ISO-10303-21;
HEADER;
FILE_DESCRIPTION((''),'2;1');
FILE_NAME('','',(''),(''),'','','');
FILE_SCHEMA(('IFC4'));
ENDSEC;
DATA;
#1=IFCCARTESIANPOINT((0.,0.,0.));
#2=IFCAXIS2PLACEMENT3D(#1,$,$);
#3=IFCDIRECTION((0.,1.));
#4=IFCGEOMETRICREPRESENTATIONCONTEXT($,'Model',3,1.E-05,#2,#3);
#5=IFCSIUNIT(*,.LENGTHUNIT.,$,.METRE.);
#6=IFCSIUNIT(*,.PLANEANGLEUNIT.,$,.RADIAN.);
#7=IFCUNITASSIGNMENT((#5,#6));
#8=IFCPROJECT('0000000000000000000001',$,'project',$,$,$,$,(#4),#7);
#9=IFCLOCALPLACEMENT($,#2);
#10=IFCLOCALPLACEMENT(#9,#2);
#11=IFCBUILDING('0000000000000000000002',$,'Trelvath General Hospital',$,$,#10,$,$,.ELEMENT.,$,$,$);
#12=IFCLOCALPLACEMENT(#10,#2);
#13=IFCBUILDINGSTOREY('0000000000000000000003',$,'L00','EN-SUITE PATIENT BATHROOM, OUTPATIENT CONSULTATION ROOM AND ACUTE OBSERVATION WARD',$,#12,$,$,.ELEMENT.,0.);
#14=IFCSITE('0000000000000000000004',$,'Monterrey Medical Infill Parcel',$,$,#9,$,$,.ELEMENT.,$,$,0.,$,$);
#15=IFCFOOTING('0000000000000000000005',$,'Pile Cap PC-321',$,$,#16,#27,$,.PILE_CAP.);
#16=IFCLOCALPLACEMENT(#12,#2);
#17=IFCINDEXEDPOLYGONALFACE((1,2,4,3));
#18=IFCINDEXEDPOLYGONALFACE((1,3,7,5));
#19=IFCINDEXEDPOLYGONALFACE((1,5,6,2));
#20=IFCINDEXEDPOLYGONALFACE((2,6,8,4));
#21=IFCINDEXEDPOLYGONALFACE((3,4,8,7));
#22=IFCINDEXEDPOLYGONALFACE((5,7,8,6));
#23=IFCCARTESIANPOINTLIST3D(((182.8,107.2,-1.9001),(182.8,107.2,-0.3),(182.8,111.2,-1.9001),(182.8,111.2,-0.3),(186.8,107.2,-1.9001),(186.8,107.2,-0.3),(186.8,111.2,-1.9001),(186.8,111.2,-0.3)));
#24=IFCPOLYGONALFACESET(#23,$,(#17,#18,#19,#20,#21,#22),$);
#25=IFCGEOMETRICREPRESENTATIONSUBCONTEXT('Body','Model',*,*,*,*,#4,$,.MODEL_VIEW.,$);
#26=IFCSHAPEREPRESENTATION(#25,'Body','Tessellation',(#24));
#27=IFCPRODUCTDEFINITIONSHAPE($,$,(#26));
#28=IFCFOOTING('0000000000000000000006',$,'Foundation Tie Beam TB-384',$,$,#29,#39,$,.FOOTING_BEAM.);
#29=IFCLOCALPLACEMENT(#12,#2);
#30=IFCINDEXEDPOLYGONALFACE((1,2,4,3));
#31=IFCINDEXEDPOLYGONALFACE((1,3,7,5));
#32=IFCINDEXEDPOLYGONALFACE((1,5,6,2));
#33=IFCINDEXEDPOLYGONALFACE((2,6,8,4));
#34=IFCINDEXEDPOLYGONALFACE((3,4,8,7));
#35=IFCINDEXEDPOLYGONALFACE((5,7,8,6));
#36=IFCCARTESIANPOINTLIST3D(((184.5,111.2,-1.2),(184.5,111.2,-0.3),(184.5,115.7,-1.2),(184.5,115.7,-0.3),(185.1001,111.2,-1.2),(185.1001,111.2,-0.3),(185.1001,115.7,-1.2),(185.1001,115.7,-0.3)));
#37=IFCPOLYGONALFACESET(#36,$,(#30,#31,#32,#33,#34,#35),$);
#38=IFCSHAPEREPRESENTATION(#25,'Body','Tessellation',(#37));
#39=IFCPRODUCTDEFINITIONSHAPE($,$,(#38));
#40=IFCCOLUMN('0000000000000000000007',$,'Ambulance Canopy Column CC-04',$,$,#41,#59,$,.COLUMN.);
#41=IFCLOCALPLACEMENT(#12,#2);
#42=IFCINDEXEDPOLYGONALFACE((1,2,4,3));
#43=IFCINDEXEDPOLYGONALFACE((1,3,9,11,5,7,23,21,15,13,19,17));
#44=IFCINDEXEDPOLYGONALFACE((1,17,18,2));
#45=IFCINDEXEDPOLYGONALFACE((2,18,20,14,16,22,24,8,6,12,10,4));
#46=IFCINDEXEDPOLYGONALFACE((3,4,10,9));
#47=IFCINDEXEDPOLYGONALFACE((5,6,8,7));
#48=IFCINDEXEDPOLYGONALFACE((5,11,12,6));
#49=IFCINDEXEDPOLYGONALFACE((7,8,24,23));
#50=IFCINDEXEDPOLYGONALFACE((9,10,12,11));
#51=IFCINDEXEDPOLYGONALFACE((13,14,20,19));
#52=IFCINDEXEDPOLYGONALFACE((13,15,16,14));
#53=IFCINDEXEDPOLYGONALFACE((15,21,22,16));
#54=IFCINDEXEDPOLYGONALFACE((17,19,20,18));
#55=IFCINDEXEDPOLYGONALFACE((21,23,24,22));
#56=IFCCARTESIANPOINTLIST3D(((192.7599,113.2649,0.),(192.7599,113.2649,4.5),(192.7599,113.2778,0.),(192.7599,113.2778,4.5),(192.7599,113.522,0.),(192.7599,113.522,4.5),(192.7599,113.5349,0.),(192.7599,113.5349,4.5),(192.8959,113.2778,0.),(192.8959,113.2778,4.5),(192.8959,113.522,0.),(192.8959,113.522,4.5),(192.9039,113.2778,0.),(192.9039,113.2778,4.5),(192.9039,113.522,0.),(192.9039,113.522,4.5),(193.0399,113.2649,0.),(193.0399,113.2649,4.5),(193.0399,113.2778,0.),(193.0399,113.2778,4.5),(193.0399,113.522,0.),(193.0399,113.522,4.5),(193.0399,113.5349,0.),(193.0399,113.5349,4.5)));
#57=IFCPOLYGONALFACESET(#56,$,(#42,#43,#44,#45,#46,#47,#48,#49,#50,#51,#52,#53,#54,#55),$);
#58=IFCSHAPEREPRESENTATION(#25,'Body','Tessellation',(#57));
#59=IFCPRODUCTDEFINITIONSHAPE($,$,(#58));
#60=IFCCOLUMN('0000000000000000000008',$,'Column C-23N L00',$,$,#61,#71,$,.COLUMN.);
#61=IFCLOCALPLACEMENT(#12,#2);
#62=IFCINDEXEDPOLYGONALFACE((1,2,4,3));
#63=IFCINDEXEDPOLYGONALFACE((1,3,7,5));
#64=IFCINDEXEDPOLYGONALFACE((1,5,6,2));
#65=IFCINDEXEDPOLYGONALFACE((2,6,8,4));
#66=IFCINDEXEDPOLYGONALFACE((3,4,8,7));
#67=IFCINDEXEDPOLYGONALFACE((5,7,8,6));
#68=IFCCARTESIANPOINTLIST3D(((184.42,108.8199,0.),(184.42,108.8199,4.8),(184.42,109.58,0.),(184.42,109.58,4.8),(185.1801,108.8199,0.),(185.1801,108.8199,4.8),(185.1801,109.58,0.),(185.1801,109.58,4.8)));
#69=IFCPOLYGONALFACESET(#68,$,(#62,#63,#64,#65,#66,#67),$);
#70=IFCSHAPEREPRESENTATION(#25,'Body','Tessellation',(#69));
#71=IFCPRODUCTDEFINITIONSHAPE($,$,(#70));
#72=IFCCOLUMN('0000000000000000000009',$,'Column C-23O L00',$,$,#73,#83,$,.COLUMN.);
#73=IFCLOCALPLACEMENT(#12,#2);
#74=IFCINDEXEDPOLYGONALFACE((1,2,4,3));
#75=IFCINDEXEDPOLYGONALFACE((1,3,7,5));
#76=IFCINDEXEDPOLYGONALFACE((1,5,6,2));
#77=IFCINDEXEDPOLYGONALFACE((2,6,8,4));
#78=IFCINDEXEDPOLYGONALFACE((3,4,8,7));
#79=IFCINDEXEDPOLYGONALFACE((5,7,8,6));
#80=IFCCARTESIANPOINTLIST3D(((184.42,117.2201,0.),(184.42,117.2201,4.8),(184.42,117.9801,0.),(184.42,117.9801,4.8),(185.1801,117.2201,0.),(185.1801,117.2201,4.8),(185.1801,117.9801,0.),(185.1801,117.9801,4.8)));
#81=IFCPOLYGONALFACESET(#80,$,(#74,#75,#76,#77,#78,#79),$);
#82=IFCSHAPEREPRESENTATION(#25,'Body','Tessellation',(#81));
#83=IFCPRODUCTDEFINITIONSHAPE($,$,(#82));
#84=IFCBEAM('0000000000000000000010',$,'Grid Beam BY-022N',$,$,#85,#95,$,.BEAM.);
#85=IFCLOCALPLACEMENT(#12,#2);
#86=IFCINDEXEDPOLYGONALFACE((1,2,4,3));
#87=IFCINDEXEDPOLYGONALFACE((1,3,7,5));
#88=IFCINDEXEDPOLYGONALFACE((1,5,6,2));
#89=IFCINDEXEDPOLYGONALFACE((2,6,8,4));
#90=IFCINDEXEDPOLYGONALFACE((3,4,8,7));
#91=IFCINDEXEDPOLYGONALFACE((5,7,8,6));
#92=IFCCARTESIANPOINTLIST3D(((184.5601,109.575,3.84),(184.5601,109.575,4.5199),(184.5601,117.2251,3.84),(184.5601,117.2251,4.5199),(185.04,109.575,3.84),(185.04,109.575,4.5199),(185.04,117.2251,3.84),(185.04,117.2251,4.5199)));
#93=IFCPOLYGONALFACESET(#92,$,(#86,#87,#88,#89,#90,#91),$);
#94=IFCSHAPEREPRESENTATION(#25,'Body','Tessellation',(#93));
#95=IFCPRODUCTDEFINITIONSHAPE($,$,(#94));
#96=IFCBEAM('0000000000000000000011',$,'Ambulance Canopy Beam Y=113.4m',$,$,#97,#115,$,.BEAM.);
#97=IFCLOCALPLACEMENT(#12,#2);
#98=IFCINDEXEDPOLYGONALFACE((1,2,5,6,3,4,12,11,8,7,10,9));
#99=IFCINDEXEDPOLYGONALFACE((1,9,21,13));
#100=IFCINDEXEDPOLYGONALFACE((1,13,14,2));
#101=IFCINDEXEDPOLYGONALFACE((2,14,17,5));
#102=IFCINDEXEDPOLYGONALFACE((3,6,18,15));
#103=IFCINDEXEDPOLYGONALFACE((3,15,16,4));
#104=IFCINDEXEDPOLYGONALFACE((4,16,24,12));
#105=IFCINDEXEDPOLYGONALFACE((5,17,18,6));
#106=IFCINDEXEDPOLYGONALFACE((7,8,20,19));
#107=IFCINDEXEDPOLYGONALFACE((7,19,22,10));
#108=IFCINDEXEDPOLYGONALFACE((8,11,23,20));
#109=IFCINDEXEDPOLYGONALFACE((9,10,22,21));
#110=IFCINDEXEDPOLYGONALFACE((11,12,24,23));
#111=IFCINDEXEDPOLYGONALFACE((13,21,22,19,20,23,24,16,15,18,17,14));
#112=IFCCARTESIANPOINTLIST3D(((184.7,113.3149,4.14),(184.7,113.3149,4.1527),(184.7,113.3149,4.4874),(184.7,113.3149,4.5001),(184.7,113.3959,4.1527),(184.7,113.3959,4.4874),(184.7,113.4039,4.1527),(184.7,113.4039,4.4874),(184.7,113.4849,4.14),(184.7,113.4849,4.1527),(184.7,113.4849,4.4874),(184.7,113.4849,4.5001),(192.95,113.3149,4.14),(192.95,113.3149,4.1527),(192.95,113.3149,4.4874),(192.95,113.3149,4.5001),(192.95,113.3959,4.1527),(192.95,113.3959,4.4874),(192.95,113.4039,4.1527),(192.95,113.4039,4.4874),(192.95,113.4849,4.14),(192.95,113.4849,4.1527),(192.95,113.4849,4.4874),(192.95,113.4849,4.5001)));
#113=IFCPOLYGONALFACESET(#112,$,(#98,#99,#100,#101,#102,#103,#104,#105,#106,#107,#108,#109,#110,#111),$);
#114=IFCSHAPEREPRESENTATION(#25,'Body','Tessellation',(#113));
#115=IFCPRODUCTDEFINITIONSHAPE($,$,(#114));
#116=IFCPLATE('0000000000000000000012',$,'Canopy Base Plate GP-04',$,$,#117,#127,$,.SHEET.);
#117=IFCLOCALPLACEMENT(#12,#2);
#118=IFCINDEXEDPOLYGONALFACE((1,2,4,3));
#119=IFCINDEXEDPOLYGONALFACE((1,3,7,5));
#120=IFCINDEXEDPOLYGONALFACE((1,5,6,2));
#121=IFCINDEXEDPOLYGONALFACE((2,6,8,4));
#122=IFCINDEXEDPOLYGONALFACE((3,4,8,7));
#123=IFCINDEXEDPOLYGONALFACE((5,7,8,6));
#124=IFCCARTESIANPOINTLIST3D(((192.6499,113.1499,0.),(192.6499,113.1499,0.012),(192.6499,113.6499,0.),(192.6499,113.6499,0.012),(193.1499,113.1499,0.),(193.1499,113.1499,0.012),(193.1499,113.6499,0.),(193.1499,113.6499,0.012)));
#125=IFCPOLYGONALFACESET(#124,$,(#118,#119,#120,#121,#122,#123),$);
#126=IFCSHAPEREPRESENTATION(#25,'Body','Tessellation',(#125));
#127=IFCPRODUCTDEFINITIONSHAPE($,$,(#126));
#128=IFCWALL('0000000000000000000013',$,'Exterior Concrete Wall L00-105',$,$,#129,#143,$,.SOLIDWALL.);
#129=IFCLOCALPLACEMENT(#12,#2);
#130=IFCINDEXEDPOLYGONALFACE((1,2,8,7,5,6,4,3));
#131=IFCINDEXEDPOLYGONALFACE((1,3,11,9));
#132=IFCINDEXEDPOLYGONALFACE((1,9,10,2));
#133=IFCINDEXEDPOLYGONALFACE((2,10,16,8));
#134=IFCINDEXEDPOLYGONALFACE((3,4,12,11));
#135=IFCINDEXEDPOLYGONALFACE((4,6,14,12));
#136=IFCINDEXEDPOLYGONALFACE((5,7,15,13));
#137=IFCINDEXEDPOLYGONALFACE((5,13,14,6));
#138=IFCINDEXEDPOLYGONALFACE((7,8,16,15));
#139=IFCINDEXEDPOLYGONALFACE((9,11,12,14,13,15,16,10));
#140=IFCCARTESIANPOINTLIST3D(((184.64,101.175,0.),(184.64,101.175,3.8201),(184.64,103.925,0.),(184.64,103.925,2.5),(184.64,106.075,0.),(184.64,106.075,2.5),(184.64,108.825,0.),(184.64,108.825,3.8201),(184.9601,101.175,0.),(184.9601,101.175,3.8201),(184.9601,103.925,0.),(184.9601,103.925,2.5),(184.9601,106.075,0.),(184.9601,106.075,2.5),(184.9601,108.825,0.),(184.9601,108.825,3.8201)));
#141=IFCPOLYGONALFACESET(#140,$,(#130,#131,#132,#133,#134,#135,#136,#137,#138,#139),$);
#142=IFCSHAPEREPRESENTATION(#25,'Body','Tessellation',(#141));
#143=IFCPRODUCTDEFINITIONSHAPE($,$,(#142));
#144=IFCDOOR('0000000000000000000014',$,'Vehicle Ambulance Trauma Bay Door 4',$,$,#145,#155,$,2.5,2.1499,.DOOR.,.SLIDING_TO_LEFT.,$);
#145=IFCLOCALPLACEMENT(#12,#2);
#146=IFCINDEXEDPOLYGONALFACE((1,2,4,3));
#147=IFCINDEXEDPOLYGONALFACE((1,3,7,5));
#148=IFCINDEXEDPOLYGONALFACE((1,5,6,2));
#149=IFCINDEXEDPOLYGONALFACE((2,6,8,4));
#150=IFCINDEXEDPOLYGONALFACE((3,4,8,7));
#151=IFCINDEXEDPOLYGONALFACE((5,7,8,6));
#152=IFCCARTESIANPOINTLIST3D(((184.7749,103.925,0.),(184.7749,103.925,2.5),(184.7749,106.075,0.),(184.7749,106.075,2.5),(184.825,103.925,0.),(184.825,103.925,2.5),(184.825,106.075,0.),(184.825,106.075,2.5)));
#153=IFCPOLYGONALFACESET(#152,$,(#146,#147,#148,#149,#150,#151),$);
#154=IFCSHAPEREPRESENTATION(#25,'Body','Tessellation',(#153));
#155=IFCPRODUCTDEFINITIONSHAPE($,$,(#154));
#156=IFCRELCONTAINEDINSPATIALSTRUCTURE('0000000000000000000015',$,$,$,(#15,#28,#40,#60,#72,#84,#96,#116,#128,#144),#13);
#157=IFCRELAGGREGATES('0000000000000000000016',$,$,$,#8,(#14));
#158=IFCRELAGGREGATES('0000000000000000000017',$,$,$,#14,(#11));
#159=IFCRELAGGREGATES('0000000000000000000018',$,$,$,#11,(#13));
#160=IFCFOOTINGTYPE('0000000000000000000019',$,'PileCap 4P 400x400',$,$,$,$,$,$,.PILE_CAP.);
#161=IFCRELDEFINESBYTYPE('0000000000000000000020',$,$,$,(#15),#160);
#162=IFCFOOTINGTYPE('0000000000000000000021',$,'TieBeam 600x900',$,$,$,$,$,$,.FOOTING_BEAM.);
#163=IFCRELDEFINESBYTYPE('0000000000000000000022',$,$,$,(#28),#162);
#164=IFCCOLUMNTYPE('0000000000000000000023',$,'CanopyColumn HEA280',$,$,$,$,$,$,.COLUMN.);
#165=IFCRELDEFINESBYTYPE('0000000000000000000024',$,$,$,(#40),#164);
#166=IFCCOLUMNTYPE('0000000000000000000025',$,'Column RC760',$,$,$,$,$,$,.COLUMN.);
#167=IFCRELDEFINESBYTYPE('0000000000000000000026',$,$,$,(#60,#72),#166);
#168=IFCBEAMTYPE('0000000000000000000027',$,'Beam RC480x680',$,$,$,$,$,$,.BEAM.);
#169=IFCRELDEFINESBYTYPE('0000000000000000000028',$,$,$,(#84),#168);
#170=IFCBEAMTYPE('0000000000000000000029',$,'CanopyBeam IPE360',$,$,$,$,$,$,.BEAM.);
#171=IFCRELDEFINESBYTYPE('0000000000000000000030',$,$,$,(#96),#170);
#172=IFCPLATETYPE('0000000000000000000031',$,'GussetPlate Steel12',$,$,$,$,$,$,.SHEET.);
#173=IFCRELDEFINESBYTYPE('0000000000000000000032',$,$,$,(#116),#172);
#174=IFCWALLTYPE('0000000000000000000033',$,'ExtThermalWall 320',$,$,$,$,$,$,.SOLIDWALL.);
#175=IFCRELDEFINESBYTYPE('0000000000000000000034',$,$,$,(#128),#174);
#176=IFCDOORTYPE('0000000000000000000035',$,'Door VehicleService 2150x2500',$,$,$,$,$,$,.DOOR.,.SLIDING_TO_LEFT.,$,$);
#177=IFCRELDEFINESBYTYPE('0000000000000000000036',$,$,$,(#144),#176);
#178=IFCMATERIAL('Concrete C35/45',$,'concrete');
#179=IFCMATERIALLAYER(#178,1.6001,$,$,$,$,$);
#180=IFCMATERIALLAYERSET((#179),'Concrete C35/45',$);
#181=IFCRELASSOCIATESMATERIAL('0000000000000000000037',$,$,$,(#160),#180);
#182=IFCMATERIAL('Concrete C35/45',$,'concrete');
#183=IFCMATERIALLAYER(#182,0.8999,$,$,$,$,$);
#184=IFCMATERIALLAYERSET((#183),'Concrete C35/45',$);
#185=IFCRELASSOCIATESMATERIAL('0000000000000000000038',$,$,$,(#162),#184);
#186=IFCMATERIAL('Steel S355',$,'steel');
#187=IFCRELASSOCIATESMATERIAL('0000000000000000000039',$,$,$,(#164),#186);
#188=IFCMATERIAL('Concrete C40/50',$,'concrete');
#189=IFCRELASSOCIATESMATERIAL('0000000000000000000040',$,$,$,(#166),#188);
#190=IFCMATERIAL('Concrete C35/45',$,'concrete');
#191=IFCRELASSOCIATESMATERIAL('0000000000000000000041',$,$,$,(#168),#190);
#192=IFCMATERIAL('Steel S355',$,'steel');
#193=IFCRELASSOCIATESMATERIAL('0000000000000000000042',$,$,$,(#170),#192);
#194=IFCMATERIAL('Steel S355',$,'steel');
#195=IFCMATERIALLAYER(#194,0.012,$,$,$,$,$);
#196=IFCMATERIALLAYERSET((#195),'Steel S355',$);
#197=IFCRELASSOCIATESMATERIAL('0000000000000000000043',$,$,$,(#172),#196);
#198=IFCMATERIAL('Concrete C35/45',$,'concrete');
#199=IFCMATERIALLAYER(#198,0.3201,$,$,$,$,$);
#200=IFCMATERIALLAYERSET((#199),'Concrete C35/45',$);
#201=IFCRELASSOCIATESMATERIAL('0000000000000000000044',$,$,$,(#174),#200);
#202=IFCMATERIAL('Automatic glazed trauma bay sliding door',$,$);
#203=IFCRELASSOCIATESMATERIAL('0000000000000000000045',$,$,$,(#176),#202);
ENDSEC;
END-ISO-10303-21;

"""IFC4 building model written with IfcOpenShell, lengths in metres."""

from ifc_helpers import new_model, si_unit, direction, frame, frame_2d, origin, origin_2d, place, context, subcontext, project, spatial, rectangle, i_section, extrude, material, layer, layer_set, material_profile, profile_set, type_object, element, fill, save


model = new_model("IFC4")

# Units and contexts
model_context = context("Model", 3, precision=1e-05, world=origin(), true_north=direction((0.0, 1.0)))
body_context = subcontext(model_context, "Body", "Model", "MODEL_VIEW")
ifc_project = project(units=[si_unit("LENGTHUNIT", "METRE"), si_unit("PLANEANGLEUNIT", "RADIAN")], contexts=[model_context])

# Site, building, storey
site_placement = place(None, origin())
site = spatial("IfcSite", under=ifc_project, at=site_placement, Name="Monterrey Medical Infill Parcel", CompositionType="ELEMENT", RefElevation=0.0)
building_placement = place(site_placement, origin())
building = spatial("IfcBuilding", under=site, at=building_placement, Name="Trelvath General Hospital", CompositionType="ELEMENT")
storey_placement = place(building_placement, origin())
storey = spatial("IfcBuildingStorey", under=building, at=storey_placement, Name="L00", Description="EN-SUITE PATIENT BATHROOM, OUTPATIENT CONSULTATION ROOM AND ACUTE OBSERVATION WARD", CompositionType="ELEMENT", Elevation=0.0)

# Footings
ifc_material_1 = material(Name="Concrete C35/45", Category="concrete")
ifc_layer_1 = layer(ifc_material_1, 1.6001)
ifc_layer_set_1 = layer_set([ifc_layer_1], Name="Concrete C35/45")
footing_type_1 = type_object("IfcFootingType", Name="PileCap 4P 400x400", PredefinedType="PILE_CAP", material=ifc_layer_set_1)
footing_1_placement = place(storey_placement, frame((184.8, 109.2, -1.9001), z_axis=(0.0, 0.0, 1.0), x_axis=(1.0, 0.0, 0.0)))
element("IfcFooting", 1, at=footing_1_placement, inside=storey, type_object=footing_type_1, Name="Pile Cap PC-321", PredefinedType="PILE_CAP", context=body_context, shape_type="SweptSolid", body=[
    extrude(rectangle(XDim=4.0, YDim=4.0, at=origin_2d()), origin(), (0.0, 0.0, 1.0), 1.6001),
])
ifc_material_2 = material(Name="Concrete C35/45", Category="concrete")
ifc_layer_2 = layer(ifc_material_2, 0.8999)
ifc_layer_set_2 = layer_set([ifc_layer_2], Name="Concrete C35/45")
footing_type_2 = type_object("IfcFootingType", Name="TieBeam 600x900", PredefinedType="FOOTING_BEAM", material=ifc_layer_set_2)
footing_2_placement = place(storey_placement, frame((184.8, 113.45, -1.2), z_axis=(0.0, 0.0, 1.0), x_axis=(1.0, 0.0, 0.0)))
element("IfcFooting", 2, at=footing_2_placement, inside=storey, type_object=footing_type_2, Name="Foundation Tie Beam TB-384", PredefinedType="FOOTING_BEAM", context=body_context, shape_type="SweptSolid", body=[
    extrude(rectangle(XDim=0.6001, YDim=4.5, at=origin_2d()), origin(), (0.0, 0.0, 1.0), 0.8999),
])

# Columns
ifc_material_3 = material(Name="Steel S355", Category="steel")
ifc_material_profile_1 = material_profile(ifc_material_3, i_section(OverallWidth=0.28, OverallDepth=0.27, WebThickness=0.0081, FlangeThickness=0.0129, at=origin_2d()), Name="HEA280")
ifc_profile_set_1 = profile_set([ifc_material_profile_1], Name="Steel S355")
column_type_1 = type_object("IfcColumnType", Name="CanopyColumn HEA280", PredefinedType="COLUMN", material=ifc_profile_set_1)
column_placement = place(storey_placement, frame((192.8999, 113.3999, 0.0), z_axis=(0.0, 0.0, 1.0), x_axis=(1.0, 0.0, 0.0)))
element("IfcColumn", 3, at=column_placement, inside=storey, type_object=column_type_1, Name="Ambulance Canopy Column CC-04", PredefinedType="COLUMN", context=body_context, shape_type="SweptSolid", body=[
    extrude(i_section(OverallWidth=0.28, OverallDepth=0.27, WebThickness=0.0081, FlangeThickness=0.0129, at=origin_2d()), origin(), (0.0, 0.0, 1.0), 4.5),
])
ifc_material_4 = material(Name="Concrete C40/50", Category="concrete")
ifc_material_profile_2 = material_profile(ifc_material_4, rectangle(XDim=0.76, YDim=0.76, at=origin_2d()), Name="RC760x760")
ifc_profile_set_2 = profile_set([ifc_material_profile_2], Name="Concrete C40/50")
column_type_2 = type_object("IfcColumnType", Name="Column RC760", PredefinedType="COLUMN", material=ifc_profile_set_2)
for number, where, z_axis, x_axis, name in (
    (4, (184.8, 109.2, 0.0), (0.0, 0.0, 1.0), (1.0, 0.0, 0.0), "Column C-23N L00"),
    (5, (184.8, 117.6001, 0.0), (0.0, 0.0, 1.0), (1.0, 0.0, 0.0), "Column C-23O L00"),
):
    element("IfcColumn", number, at=place(storey_placement, frame(where, z_axis=z_axis, x_axis=x_axis)), inside=storey, type_object=column_type_2, Name=name, PredefinedType="COLUMN", context=body_context, shape_type="SweptSolid", body=[
        extrude(rectangle(XDim=0.76, YDim=0.76, at=origin_2d()), origin(), (0.0, 0.0, 1.0), 4.8),
    ])

# Beams
ifc_material_5 = material(Name="Concrete C35/45", Category="concrete")
ifc_material_profile_3 = material_profile(ifc_material_5, rectangle(XDim=0.48, YDim=0.6799, at=origin_2d()), Name="RCB480x680")
ifc_profile_set_3 = profile_set([ifc_material_profile_3], Name="Concrete C35/45")
beam_type_1 = type_object("IfcBeamType", Name="Beam RC480x680", PredefinedType="BEAM", material=ifc_profile_set_3)
beam_1_placement = place(storey_placement, frame((184.8, 109.575, 4.1799), z_axis=(0.0, 1.0, 0.0), x_axis=(-1.0, 0.0, 0.0)))
element("IfcBeam", 6, at=beam_1_placement, inside=storey, type_object=beam_type_1, Name="Grid Beam BY-022N", PredefinedType="BEAM", context=body_context, shape_type="SweptSolid", body=[
    extrude(rectangle(XDim=0.48, YDim=0.6799, at=origin_2d()), origin(), (0.0, 0.0, 1.0), 7.6501),
])
ifc_material_6 = material(Name="Steel S355", Category="steel")
ifc_material_profile_4 = material_profile(ifc_material_6, i_section(OverallWidth=0.1699, OverallDepth=0.3601, WebThickness=0.0081, FlangeThickness=0.0127, at=origin_2d()), Name="IPE360")
ifc_profile_set_4 = profile_set([ifc_material_profile_4], Name="Steel S355")
beam_type_2 = type_object("IfcBeamType", Name="CanopyBeam IPE360", PredefinedType="BEAM", material=ifc_profile_set_4)
beam_2_placement = place(storey_placement, frame((184.7, 113.3999, 4.3201), z_axis=(1.0, 0.0, 0.0), x_axis=(0.0, 1.0, 0.0)))
element("IfcBeam", 7, at=beam_2_placement, inside=storey, type_object=beam_type_2, Name="Ambulance Canopy Beam Y=113.4m", PredefinedType="BEAM", context=body_context, shape_type="SweptSolid", body=[
    extrude(i_section(OverallWidth=0.1699, OverallDepth=0.3601, WebThickness=0.0081, FlangeThickness=0.0127, at=origin_2d()), origin(), (0.0, 0.0, 1.0), 8.25),
])

# Plate
ifc_material_7 = material(Name="Steel S355", Category="steel")
ifc_layer_3 = layer(ifc_material_7, 0.012)
ifc_layer_set_3 = layer_set([ifc_layer_3], Name="Steel S355")
plate_type = type_object("IfcPlateType", Name="GussetPlate Steel12", PredefinedType="SHEET", material=ifc_layer_set_3)
plate_placement = place(storey_placement, frame((192.8999, 113.3999, 0.0), z_axis=(0.0, 0.0, 1.0), x_axis=(1.0, 0.0, 0.0)))
element("IfcPlate", 8, at=plate_placement, inside=storey, type_object=plate_type, Name="Canopy Base Plate GP-04", PredefinedType="SHEET", context=body_context, shape_type="SweptSolid", body=[
    extrude(rectangle(XDim=0.5, YDim=0.5, at=origin_2d()), origin(), (0.0, 0.0, 1.0), 0.012),
])

# Wall, opening, door
ifc_material_8 = material(Name="Concrete C35/45", Category="concrete")
ifc_layer_4 = layer(ifc_material_8, 0.3201)
ifc_layer_set_4 = layer_set([ifc_layer_4], Name="Concrete C35/45")
wall_type_1 = type_object("IfcWallType", Name="ExtThermalWall 320", PredefinedType="SOLIDWALL", material=ifc_layer_set_4)
wall_1_placement = place(storey_placement, frame((184.8, 108.825, 0.0), z_axis=(0.0, 0.0, 1.0), x_axis=(0.0, -1.0, 0.0)))
wall_1 = element("IfcWall", 9, at=wall_1_placement, inside=storey, type_object=wall_type_1, Name="Exterior Concrete Wall L00-105", PredefinedType="SOLIDWALL", context=body_context, shape_type="SweptSolid", body=[
    extrude(rectangle(XDim=7.6499, YDim=0.3201, at=frame_2d((3.825, 0.0))), origin(), (0.0, 0.0, 1.0), 3.8201),
])
opening_1_placement = place(wall_1_placement, frame((2.75, 0.0, 0.0)))
opening_1 = element("IfcOpeningElement", 10, at=opening_1_placement, cuts=wall_1, PredefinedType="OPENING", context=body_context, shape_type="SweptSolid", body=[
    extrude(rectangle(XDim=2.1499, YDim=2.5, at=frame_2d((1.075, 1.25))), frame((0.0, 0.1699, 0.0), z_axis=(0.0, -1.0, 0.0), x_axis=(1.0, 0.0, 0.0)), (0.0, 0.0, 1.0), 0.3401),
])
ifc_material_9 = material(Name="Automatic glazed trauma bay sliding door")
door_type_1 = type_object("IfcDoorType", Name="Door VehicleService 2150x2500", OperationType="SLIDING_TO_LEFT", PredefinedType="DOOR", material=ifc_material_9)
door_1_placement = place(opening_1_placement, origin())
door_1 = element("IfcDoor", 11, at=door_1_placement, inside=storey, type_object=door_type_1, Name="Vehicle Ambulance Trauma Bay Door 4", OperationType="SLIDING_TO_LEFT", OverallHeight=2.5, OverallWidth=2.1499, PredefinedType="DOOR", context=body_context, shape_type="SweptSolid", body=[
    extrude(rectangle(XDim=2.1499, YDim=2.5, at=frame_2d((1.075, 1.25))), frame((0.0, 0.0249, 0.0), z_axis=(0.0, -1.0, 0.0), x_axis=(1.0, 0.0, 0.0)), (0.0, 0.0, 1.0), 0.05),
])
fill(opening_1, door_1)

save(model, "model.ifc")
